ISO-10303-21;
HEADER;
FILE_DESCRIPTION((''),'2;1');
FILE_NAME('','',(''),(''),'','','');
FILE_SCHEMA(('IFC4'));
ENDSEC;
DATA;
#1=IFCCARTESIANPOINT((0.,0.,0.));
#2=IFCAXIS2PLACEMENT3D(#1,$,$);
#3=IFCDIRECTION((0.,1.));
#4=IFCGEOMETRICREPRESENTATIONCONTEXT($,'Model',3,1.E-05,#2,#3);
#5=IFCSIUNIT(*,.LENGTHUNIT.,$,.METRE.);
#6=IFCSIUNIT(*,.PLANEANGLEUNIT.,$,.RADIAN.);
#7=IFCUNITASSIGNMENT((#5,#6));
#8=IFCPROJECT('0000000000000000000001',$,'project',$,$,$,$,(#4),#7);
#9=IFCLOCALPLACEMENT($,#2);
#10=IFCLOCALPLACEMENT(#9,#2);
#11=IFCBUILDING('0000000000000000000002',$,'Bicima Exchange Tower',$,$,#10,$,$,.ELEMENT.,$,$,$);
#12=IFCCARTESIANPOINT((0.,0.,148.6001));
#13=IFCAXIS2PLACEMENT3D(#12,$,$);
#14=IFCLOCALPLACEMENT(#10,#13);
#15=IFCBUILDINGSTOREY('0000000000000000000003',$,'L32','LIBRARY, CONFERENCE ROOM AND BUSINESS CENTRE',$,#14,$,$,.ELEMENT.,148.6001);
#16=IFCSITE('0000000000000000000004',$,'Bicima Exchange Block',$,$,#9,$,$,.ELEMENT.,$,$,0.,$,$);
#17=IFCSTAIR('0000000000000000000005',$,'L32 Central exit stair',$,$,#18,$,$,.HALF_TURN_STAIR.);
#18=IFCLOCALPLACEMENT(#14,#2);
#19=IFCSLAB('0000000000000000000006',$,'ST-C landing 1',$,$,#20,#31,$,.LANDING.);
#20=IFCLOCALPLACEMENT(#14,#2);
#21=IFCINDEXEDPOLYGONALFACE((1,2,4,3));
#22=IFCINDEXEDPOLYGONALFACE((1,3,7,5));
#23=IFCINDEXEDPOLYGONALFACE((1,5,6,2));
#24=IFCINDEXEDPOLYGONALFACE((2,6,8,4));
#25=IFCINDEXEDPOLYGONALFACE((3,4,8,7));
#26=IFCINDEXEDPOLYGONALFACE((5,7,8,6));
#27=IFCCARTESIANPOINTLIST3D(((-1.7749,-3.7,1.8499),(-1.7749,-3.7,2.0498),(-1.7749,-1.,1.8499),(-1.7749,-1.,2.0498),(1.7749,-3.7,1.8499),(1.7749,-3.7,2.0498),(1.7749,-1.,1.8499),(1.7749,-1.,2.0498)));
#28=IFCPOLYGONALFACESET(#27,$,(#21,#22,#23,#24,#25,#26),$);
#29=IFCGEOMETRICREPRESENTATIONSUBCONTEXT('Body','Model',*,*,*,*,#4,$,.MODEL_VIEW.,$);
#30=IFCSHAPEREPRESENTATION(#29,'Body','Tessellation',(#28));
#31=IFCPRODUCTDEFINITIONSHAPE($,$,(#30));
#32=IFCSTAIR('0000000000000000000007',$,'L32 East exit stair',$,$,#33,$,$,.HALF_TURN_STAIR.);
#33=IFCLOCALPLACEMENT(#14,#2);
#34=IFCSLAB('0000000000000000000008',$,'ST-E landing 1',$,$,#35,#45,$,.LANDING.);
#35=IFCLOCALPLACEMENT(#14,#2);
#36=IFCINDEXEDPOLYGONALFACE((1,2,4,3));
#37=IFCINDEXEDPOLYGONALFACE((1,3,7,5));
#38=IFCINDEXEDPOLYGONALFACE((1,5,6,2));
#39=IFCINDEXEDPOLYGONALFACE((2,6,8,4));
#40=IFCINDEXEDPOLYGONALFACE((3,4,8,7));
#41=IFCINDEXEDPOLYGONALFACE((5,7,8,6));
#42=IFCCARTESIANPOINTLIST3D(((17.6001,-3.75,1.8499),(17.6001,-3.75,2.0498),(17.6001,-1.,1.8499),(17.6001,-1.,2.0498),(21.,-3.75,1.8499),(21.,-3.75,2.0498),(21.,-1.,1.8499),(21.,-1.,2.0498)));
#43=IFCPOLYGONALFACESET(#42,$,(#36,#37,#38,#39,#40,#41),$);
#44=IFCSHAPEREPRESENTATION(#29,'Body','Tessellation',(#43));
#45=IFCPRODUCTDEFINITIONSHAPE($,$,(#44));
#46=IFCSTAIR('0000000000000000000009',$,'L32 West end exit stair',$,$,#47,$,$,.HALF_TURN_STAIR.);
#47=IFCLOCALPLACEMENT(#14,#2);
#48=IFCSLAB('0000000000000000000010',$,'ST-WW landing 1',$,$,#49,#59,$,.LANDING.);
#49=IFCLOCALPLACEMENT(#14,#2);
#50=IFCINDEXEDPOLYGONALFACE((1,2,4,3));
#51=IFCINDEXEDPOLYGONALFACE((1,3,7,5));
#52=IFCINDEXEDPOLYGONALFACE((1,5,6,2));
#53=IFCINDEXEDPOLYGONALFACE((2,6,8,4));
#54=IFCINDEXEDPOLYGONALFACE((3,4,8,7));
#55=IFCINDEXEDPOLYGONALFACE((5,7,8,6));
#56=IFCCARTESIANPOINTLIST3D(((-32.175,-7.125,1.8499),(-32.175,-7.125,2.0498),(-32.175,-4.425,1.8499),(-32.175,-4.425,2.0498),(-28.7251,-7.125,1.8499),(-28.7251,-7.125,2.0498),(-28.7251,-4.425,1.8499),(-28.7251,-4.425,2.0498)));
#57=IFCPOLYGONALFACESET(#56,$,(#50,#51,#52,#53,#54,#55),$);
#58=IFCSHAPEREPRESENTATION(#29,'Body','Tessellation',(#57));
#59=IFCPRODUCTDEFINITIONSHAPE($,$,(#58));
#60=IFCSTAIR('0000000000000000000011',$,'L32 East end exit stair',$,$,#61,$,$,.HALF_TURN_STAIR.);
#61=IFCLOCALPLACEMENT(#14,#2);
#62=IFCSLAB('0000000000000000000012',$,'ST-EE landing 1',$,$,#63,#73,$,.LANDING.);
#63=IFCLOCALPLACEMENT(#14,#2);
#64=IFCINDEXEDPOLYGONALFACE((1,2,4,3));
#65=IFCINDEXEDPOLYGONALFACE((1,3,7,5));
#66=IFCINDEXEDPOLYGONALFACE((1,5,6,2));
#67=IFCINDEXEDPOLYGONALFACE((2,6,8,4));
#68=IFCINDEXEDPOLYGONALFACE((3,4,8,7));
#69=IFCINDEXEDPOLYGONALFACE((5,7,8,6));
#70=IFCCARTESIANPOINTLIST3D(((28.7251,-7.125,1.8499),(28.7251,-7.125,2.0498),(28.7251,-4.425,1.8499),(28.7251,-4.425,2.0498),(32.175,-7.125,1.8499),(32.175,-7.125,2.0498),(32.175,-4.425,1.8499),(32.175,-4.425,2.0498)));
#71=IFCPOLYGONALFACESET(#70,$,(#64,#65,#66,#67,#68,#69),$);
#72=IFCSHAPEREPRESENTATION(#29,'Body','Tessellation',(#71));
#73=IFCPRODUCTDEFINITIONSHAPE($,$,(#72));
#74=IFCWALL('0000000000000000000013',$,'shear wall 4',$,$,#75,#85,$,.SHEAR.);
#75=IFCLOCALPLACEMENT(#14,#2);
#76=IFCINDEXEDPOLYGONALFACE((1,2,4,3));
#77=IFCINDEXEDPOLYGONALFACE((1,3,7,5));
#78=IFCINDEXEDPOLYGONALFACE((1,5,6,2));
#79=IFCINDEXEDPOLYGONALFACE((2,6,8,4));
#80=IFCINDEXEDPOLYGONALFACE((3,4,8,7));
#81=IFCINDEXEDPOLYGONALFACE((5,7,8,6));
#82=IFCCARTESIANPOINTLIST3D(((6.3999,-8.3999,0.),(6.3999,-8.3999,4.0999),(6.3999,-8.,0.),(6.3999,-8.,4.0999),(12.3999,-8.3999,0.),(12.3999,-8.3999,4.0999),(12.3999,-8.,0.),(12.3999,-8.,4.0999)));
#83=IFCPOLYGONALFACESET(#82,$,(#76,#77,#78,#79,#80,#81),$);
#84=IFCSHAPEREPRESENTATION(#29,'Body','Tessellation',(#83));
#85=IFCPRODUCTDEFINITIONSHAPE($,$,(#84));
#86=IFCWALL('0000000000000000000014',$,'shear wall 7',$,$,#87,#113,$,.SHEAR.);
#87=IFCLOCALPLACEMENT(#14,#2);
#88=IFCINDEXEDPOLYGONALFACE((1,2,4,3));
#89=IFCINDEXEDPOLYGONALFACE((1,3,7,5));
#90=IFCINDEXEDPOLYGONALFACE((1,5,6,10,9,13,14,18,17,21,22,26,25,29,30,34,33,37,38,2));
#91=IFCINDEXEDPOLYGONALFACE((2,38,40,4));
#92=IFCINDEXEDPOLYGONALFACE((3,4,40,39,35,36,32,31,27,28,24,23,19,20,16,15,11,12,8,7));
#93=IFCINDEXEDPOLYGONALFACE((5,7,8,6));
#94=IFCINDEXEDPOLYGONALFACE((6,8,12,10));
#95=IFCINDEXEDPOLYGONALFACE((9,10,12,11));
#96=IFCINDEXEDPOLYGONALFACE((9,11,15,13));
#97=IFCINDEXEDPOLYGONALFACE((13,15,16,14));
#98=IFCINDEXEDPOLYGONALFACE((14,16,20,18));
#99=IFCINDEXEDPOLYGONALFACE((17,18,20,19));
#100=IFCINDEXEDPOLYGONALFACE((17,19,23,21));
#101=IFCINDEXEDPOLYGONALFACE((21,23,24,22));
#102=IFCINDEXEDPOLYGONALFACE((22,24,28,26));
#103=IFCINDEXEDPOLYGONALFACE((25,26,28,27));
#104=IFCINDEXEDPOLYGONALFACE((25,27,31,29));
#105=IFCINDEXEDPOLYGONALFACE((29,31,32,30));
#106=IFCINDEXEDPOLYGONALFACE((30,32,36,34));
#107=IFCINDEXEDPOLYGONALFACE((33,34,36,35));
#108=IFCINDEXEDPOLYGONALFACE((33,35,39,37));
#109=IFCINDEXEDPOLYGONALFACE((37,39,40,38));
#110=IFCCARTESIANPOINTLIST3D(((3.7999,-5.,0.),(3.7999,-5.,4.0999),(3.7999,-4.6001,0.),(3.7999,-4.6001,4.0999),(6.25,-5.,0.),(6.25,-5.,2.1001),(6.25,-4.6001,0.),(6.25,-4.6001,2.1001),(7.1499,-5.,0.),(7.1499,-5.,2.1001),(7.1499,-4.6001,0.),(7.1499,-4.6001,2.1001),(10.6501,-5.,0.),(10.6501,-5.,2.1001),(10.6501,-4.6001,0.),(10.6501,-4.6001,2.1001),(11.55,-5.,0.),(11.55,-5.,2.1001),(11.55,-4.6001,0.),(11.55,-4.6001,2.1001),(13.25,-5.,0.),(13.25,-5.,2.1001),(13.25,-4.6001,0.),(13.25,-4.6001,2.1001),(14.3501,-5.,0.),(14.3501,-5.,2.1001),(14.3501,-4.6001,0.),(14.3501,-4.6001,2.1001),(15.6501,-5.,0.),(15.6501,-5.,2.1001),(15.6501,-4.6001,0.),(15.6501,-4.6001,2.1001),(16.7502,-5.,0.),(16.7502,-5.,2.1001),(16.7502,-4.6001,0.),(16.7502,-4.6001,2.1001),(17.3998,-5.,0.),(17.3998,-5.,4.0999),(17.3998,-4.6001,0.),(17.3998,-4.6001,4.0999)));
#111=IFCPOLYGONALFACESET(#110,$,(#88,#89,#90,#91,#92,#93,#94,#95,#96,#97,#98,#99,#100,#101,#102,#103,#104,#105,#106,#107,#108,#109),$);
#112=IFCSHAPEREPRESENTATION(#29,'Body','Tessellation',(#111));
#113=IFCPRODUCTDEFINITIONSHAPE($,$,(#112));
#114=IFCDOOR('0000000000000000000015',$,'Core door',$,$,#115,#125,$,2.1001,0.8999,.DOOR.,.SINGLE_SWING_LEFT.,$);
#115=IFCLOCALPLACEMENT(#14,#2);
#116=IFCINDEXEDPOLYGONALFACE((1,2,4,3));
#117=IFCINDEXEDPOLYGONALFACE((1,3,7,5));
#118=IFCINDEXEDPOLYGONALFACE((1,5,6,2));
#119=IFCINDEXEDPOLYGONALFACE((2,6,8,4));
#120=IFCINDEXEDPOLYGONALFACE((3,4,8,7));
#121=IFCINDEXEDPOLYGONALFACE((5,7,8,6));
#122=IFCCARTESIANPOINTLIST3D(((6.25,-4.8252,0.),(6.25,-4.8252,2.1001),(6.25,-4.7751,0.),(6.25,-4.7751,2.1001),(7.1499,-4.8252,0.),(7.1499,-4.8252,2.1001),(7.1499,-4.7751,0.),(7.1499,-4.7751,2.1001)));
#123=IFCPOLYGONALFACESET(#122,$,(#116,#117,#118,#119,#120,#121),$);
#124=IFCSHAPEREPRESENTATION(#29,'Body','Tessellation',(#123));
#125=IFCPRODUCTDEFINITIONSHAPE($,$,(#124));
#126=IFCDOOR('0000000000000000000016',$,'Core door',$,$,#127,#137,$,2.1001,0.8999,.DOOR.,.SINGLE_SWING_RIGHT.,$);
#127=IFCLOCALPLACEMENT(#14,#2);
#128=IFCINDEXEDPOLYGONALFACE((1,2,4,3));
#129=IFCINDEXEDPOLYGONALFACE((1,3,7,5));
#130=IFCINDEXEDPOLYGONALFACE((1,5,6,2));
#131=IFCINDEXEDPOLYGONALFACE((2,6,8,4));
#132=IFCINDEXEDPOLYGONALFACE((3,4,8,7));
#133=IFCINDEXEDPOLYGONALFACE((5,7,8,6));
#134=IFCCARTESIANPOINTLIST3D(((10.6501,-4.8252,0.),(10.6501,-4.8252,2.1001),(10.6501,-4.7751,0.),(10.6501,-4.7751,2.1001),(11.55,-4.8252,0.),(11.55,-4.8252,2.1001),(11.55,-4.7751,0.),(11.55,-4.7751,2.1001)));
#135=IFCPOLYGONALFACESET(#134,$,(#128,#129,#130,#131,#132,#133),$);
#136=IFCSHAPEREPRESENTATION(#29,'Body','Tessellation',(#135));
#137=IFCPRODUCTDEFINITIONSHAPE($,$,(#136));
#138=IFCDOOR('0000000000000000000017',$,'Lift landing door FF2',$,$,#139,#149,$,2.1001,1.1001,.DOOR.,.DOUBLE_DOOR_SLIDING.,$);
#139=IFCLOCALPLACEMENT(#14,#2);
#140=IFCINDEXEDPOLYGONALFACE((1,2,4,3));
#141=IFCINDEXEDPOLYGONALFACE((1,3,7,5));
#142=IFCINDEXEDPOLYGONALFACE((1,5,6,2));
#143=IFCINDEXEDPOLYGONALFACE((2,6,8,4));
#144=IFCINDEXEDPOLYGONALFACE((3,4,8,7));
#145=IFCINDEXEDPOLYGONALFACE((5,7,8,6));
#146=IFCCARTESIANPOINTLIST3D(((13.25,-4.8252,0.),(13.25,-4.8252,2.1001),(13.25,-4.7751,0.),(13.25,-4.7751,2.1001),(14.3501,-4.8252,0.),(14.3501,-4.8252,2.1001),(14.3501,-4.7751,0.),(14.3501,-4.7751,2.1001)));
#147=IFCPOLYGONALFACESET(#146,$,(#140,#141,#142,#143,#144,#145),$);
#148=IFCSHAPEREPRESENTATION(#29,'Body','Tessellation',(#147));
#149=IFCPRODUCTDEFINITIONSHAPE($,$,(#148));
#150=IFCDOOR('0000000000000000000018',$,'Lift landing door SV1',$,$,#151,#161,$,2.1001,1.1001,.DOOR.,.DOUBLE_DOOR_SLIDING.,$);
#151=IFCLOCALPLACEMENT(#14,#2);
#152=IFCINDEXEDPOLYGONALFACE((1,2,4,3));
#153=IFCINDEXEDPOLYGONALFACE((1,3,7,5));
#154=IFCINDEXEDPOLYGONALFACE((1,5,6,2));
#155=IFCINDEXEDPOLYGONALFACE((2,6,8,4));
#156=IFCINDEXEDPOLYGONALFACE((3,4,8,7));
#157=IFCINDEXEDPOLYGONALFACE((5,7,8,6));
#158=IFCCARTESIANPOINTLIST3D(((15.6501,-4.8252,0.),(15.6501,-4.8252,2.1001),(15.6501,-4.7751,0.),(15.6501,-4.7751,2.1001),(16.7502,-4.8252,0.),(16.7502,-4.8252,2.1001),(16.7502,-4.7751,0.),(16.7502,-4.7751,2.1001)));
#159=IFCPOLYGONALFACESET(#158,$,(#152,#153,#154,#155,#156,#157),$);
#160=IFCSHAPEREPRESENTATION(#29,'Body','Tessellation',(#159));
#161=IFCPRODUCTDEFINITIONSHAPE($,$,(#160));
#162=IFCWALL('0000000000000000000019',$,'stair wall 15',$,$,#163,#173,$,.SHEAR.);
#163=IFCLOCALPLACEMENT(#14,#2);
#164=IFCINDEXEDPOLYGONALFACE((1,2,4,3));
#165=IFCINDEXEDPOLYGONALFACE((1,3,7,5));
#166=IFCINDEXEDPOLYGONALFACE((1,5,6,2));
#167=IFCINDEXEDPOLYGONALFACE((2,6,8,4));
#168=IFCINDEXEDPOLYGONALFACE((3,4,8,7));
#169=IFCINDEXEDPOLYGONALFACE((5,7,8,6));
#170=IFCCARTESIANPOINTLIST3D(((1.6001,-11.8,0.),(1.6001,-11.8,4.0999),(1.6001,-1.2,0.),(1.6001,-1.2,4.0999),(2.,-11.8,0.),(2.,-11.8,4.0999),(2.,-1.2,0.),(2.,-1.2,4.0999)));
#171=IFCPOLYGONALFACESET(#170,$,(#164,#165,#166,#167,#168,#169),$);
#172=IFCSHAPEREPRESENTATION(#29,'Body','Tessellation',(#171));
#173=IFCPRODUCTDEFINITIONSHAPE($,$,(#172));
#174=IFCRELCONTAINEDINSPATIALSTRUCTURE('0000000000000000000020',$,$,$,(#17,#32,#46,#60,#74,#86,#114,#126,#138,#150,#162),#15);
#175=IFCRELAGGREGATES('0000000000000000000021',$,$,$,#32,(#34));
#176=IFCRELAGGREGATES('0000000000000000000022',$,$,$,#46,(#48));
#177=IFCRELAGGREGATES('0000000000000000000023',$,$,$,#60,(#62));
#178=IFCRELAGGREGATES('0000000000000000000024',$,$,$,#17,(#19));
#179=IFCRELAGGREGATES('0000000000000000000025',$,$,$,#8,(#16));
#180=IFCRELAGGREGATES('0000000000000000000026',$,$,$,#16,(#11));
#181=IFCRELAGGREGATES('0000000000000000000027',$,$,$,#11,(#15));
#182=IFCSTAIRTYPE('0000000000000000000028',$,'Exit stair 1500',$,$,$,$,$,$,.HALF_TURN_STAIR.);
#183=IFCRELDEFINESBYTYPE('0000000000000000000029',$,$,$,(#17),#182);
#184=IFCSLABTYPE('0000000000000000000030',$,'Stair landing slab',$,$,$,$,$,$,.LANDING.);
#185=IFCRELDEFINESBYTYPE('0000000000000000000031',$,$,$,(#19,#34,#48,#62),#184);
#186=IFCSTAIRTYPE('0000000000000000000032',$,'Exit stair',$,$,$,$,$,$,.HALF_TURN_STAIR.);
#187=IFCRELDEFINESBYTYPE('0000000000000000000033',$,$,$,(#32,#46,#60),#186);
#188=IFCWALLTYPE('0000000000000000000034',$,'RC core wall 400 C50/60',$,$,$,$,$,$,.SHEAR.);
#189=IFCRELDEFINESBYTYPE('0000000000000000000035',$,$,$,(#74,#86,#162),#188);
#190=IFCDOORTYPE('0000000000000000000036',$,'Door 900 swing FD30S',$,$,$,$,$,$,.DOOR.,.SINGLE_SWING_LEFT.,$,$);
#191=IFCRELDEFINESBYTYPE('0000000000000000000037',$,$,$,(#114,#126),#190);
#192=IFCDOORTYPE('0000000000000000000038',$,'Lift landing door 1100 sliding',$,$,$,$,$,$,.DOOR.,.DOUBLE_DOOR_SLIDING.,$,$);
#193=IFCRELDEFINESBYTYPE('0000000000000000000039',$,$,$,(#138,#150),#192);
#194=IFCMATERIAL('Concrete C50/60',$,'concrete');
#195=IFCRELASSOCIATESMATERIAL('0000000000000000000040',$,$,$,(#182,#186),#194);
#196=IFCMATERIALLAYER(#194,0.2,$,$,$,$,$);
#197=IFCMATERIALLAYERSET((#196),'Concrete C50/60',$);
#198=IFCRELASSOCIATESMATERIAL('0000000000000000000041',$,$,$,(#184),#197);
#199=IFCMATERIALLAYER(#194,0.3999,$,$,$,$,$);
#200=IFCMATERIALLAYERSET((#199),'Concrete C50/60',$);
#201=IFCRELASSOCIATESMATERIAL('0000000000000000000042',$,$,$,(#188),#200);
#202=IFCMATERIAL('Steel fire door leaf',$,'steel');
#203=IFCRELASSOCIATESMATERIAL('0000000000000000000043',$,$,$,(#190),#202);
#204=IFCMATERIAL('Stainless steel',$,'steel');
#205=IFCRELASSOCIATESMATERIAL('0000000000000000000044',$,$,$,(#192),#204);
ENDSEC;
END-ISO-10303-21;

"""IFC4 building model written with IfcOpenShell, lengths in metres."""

from ifc_helpers import new_model, si_unit, direction, frame, frame_2d, origin, place, context, subcontext, project, spatial, polyline, rectangle, outline, extrude, material, layer, layer_set, type_object, element, fill, aggregate, save


model = new_model("IFC4")

# Units and contexts
model_context = context("Model", 3, precision=1e-05, world=origin(), true_north=direction((0.0, 1.0)))
body_context = subcontext(model_context, "Body", "Model", "MODEL_VIEW")
ifc_project = project(units=[si_unit("LENGTHUNIT", "METRE"), si_unit("PLANEANGLEUNIT", "RADIAN")], contexts=[model_context])

# Site, building, storey
site_placement = place(None, origin())
site = spatial("IfcSite", under=ifc_project, at=site_placement, Name="Bicima Exchange Block", CompositionType="ELEMENT", RefElevation=0.0)
building_placement = place(site_placement, origin())
building = spatial("IfcBuilding", under=site, at=building_placement, Name="Bicima Exchange Tower", CompositionType="ELEMENT")
storey_placement = place(building_placement, frame((0.0, 0.0, 148.6001)))
storey = spatial("IfcBuildingStorey", under=building, at=storey_placement, Name="L32", Description="LIBRARY, CONFERENCE ROOM AND BUSINESS CENTRE", CompositionType="ELEMENT", Elevation=148.6001)

# Stairs, slabs
ifc_material_1 = material(Name="Concrete C50/60", Category="concrete")
stair_type_1 = type_object("IfcStairType", Name="Exit stair 1500", PredefinedType="HALF_TURN_STAIR", material=ifc_material_1)
stair_1_placement = place(storey_placement, origin())
stair_1 = element("IfcStair", 1, at=stair_1_placement, inside=storey, type_object=stair_type_1, Name="L32 Central exit stair", PredefinedType="HALF_TURN_STAIR")
ifc_layer_1 = layer(ifc_material_1, 0.2)
ifc_layer_set_1 = layer_set([ifc_layer_1], Name="Concrete C50/60")
slab_type = type_object("IfcSlabType", Name="Stair landing slab", PredefinedType="LANDING", material=ifc_layer_set_1)
slab_1_placement = place(storey_placement, frame((0.0, 0.0, 1.8499)))
slab_1 = element("IfcSlab", 2, at=slab_1_placement, type_object=slab_type, Name="ST-C landing 1", PredefinedType="LANDING", context=body_context, shape_type="SweptSolid", body=[
    extrude(outline(polyline([(1.7749, -3.7), (1.7749, -1.0), (-1.7749, -1.0), (-1.7749, -3.7), (1.7749, -3.7)])), origin(), (0.0, 0.0, 1.0), 0.2),
])
stair_type_2 = type_object("IfcStairType", Name="Exit stair", PredefinedType="HALF_TURN_STAIR", material=ifc_material_1)
stair_2_placement = place(storey_placement, origin())
stair_2 = element("IfcStair", 3, at=stair_2_placement, inside=storey, type_object=stair_type_2, Name="L32 East exit stair", PredefinedType="HALF_TURN_STAIR")
slab_2_placement = place(storey_placement, frame((0.0, 0.0, 1.8499)))
slab_2 = element("IfcSlab", 4, at=slab_2_placement, type_object=slab_type, Name="ST-E landing 1", PredefinedType="LANDING", context=body_context, shape_type="SweptSolid", body=[
    extrude(outline(polyline([(21.0, -3.75), (21.0, -1.0), (17.6001, -1.0), (17.6001, -3.75), (21.0, -3.75)])), origin(), (0.0, 0.0, 1.0), 0.2),
])
aggregate(stair_2, [slab_2])
stair_3_placement = place(storey_placement, origin())
stair_3 = element("IfcStair", 5, at=stair_3_placement, inside=storey, type_object=stair_type_2, Name="L32 West end exit stair", PredefinedType="HALF_TURN_STAIR")
slab_3_placement = place(storey_placement, frame((0.0, 0.0, 1.8499)))
slab_3 = element("IfcSlab", 6, at=slab_3_placement, type_object=slab_type, Name="ST-WW landing 1", PredefinedType="LANDING", context=body_context, shape_type="SweptSolid", body=[
    extrude(outline(polyline([(-28.7251, -7.125), (-28.7251, -4.425), (-32.175, -4.425), (-32.175, -7.125), (-28.7251, -7.125)])), origin(), (0.0, 0.0, 1.0), 0.2),
])
aggregate(stair_3, [slab_3])
stair_4_placement = place(storey_placement, origin())
stair_4 = element("IfcStair", 7, at=stair_4_placement, inside=storey, type_object=stair_type_2, Name="L32 East end exit stair", PredefinedType="HALF_TURN_STAIR")
slab_4_placement = place(storey_placement, frame((0.0, 0.0, 1.8499)))
slab_4 = element("IfcSlab", 8, at=slab_4_placement, type_object=slab_type, Name="ST-EE landing 1", PredefinedType="LANDING", context=body_context, shape_type="SweptSolid", body=[
    extrude(outline(polyline([(32.175, -7.125), (32.175, -4.425), (28.7251, -4.425), (28.7251, -7.125), (32.175, -7.125)])), origin(), (0.0, 0.0, 1.0), 0.2),
])
aggregate(stair_4, [slab_4])

# Wall
ifc_layer_2 = layer(ifc_material_1, 0.3999)
ifc_layer_set_2 = layer_set([ifc_layer_2], Name="Concrete C50/60")
wall_type_1 = type_object("IfcWallType", Name="RC core wall 400 C50/60", PredefinedType="SHEAR", material=ifc_layer_set_2)
wall_1_placement = place(storey_placement, frame((6.3999, -8.2, 0.0), z_axis=(0.0, 0.0, 1.0), x_axis=(1.0, 0.0, 0.0)))
element("IfcWall", 9, at=wall_1_placement, inside=storey, type_object=wall_type_1, Name="shear wall 4", PredefinedType="SHEAR", context=body_context, shape_type="SweptSolid", body=[
    extrude(rectangle(XDim=6.0, YDim=0.3999, at=frame_2d((3.0, 0.0))), origin(), (0.0, 0.0, 1.0), 4.0999),
])

# Wall, openings, doors
wall_2_placement = place(storey_placement, frame((3.8, -4.8, 0.0), z_axis=(0.0, 0.0, 1.0), x_axis=(1.0, 0.0, 0.0)))
wall_2 = element("IfcWall", 10, at=wall_2_placement, inside=storey, type_object=wall_type_1, Name="shear wall 7", PredefinedType="SHEAR", context=body_context, shape_type="SweptSolid", body=[
    extrude(rectangle(XDim=13.5999, YDim=0.3999, at=frame_2d((6.7998, 0.0))), origin(), (0.0, 0.0, 1.0), 4.0999),
])
opening_1_placement = place(wall_2_placement, frame((9.45, 0.0, 0.0)))
opening_1 = element("IfcOpeningElement", 11, at=opening_1_placement, cuts=wall_2, PredefinedType="OPENING", context=body_context, shape_type="SweptSolid", body=[
    extrude(rectangle(XDim=1.1001, YDim=2.1001, at=frame_2d((0.55, 1.05))), frame((0.0, 0.2119, 0.0), z_axis=(0.0, -1.0, 0.0), x_axis=(1.0, 0.0, 0.0)), (0.0, 0.0, 1.0), 0.4238),
])
opening_2_placement = place(wall_2_placement, frame((11.8501, 0.0, 0.0)))
opening_2 = element("IfcOpeningElement", 12, at=opening_2_placement, cuts=wall_2, PredefinedType="OPENING", context=body_context, shape_type="SweptSolid", body=[
    extrude(rectangle(XDim=1.1001, YDim=2.1001, at=frame_2d((0.55, 1.05))), frame((0.0, 0.2119, 0.0), z_axis=(0.0, -1.0, 0.0), x_axis=(1.0, 0.0, 0.0)), (0.0, 0.0, 1.0), 0.4238),
])
opening_3_placement = place(wall_2_placement, frame((2.45, 0.0, 0.0)))
opening_3 = element("IfcOpeningElement", 13, at=opening_3_placement, cuts=wall_2, PredefinedType="OPENING", context=body_context, shape_type="SweptSolid", body=[
    extrude(rectangle(XDim=0.8999, YDim=2.1001, at=frame_2d((0.45, 1.05))), frame((0.0, 0.2119, 0.0), z_axis=(0.0, -1.0, 0.0), x_axis=(1.0, 0.0, 0.0)), (0.0, 0.0, 1.0), 0.4238),
])
opening_4_placement = place(wall_2_placement, frame((6.8501, 0.0, 0.0)))
opening_4 = element("IfcOpeningElement", 14, at=opening_4_placement, cuts=wall_2, PredefinedType="OPENING", context=body_context, shape_type="SweptSolid", body=[
    extrude(rectangle(XDim=0.8999, YDim=2.1001, at=frame_2d((0.45, 1.05))), frame((0.0, 0.2119, 0.0), z_axis=(0.0, -1.0, 0.0), x_axis=(1.0, 0.0, 0.0)), (0.0, 0.0, 1.0), 0.4238),
])
ifc_material_2 = material(Name="Steel fire door leaf", Category="steel")
door_type_1 = type_object("IfcDoorType", Name="Door 900 swing FD30S", OperationType="SINGLE_SWING_LEFT", PredefinedType="DOOR", material=ifc_material_2)
door_1_placement = place(opening_3_placement, origin())
door_1 = element("IfcDoor", 15, at=door_1_placement, inside=storey, type_object=door_type_1, Name="Core door", OperationType="SINGLE_SWING_LEFT", OverallHeight=2.1001, OverallWidth=0.8999, PredefinedType="DOOR", context=body_context, shape_type="SweptSolid", body=[
    extrude(rectangle(XDim=0.8999, YDim=2.1001, at=frame_2d((0.45, 1.05))), frame((0.0, 0.0249, 0.0), z_axis=(0.0, -1.0, 0.0), x_axis=(1.0, 0.0, 0.0)), (0.0, 0.0, 1.0), 0.05),
])
fill(opening_3, door_1)
door_2_placement = place(opening_4_placement, origin())
door_2 = element("IfcDoor", 16, at=door_2_placement, inside=storey, type_object=door_type_1, Name="Core door", OperationType="SINGLE_SWING_RIGHT", OverallHeight=2.1001, OverallWidth=0.8999, PredefinedType="DOOR", context=body_context, shape_type="SweptSolid", body=[
    extrude(rectangle(XDim=0.8999, YDim=2.1001, at=frame_2d((0.45, 1.05))), frame((0.0, 0.0249, 0.0), z_axis=(0.0, -1.0, 0.0), x_axis=(1.0, 0.0, 0.0)), (0.0, 0.0, 1.0), 0.05),
])
fill(opening_4, door_2)
ifc_material_3 = material(Name="Stainless steel", Category="steel")
door_type_2 = type_object("IfcDoorType", Name="Lift landing door 1100 sliding", OperationType="DOUBLE_DOOR_SLIDING", PredefinedType="DOOR", material=ifc_material_3)
door_3_placement = place(opening_1_placement, origin())
door_3 = element("IfcDoor", 17, at=door_3_placement, inside=storey, type_object=door_type_2, Name="Lift landing door FF2", OperationType="DOUBLE_DOOR_SLIDING", OverallHeight=2.1001, OverallWidth=1.1001, PredefinedType="DOOR", context=body_context, shape_type="SweptSolid", body=[
    extrude(rectangle(XDim=1.1001, YDim=2.1001, at=frame_2d((0.55, 1.05))), frame((0.0, 0.0249, 0.0), z_axis=(0.0, -1.0, 0.0), x_axis=(1.0, 0.0, 0.0)), (0.0, 0.0, 1.0), 0.05),
])
fill(opening_1, door_3)
door_4_placement = place(opening_2_placement, origin())
door_4 = element("IfcDoor", 18, at=door_4_placement, inside=storey, type_object=door_type_2, Name="Lift landing door SV1", OperationType="DOUBLE_DOOR_SLIDING", OverallHeight=2.1001, OverallWidth=1.1001, PredefinedType="DOOR", context=body_context, shape_type="SweptSolid", body=[
    extrude(rectangle(XDim=1.1001, YDim=2.1001, at=frame_2d((0.55, 1.05))), frame((0.0, 0.0249, 0.0), z_axis=(0.0, -1.0, 0.0), x_axis=(1.0, 0.0, 0.0)), (0.0, 0.0, 1.0), 0.05),
])
fill(opening_2, door_4)

# Wall
wall_3_placement = place(storey_placement, frame((1.8, -11.8, 0.0), z_axis=(0.0, 0.0, 1.0), x_axis=(0.0, 1.0, 0.0)))
element("IfcWall", 19, at=wall_3_placement, inside=storey, type_object=wall_type_1, Name="stair wall 15", PredefinedType="SHEAR", context=body_context, shape_type="SweptSolid", body=[
    extrude(rectangle(XDim=10.6001, YDim=0.3999, at=frame_2d((5.3, 0.0))), origin(), (0.0, 0.0, 1.0), 4.0999),
])

aggregate(stair_1, [slab_1])

save(model, "model.ifc")
